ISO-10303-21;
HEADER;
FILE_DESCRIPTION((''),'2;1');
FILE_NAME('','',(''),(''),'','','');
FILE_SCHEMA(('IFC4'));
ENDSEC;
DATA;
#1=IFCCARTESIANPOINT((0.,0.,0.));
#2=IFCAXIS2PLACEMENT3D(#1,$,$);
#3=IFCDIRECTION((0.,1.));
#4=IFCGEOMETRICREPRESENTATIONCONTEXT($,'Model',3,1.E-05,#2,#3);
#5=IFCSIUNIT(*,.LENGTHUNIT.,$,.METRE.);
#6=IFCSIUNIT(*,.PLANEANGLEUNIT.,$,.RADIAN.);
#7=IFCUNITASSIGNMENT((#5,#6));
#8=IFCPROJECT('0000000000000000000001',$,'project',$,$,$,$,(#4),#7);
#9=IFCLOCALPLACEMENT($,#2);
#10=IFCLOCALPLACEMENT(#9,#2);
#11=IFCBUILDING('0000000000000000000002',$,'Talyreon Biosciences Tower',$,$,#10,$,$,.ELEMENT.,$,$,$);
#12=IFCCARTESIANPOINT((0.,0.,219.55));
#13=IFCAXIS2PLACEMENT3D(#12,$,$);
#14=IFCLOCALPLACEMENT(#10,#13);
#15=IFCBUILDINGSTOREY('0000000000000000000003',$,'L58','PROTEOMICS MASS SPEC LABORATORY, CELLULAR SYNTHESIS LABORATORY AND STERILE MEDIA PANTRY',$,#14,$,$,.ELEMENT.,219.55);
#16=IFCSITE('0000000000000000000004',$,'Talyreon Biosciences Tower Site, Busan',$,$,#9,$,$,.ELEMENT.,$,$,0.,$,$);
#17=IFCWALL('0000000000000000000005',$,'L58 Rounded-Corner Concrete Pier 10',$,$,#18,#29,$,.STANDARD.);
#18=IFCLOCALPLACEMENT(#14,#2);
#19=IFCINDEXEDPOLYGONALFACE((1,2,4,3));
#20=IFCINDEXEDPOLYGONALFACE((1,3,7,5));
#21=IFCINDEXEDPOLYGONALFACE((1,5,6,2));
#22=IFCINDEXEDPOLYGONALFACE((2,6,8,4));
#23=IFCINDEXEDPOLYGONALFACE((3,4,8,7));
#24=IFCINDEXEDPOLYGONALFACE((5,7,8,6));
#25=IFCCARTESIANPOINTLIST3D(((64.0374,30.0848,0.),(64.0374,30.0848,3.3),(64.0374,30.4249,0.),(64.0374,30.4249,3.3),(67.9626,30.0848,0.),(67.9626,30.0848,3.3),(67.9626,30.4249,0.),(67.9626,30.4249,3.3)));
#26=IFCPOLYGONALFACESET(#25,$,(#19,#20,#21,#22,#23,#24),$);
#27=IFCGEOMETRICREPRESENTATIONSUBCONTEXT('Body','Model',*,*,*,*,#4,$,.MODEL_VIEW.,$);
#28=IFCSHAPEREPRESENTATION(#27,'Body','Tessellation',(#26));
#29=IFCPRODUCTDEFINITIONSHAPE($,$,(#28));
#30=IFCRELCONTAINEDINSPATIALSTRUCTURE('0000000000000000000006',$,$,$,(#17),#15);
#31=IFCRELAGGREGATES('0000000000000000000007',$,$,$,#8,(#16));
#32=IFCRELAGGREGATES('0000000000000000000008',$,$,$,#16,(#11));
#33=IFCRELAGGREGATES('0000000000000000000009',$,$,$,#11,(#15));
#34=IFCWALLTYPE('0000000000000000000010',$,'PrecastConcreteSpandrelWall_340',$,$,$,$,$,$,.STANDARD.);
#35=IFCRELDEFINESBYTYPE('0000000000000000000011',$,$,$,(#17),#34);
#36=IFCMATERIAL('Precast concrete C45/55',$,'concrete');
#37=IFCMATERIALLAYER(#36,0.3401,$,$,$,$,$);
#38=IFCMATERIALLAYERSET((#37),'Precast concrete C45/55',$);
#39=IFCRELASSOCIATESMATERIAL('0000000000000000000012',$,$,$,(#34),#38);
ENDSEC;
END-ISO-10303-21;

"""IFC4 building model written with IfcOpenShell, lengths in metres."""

from ifc_helpers import new_model, si_unit, direction, frame, frame_2d, origin, place, context, subcontext, project, spatial, rectangle, extrude, material, layer, layer_set, type_object, element, save


model = new_model("IFC4")

# Units and contexts
model_context = context("Model", 3, precision=1e-05, world=origin(), true_north=direction((0.0, 1.0)))
body_context = subcontext(model_context, "Body", "Model", "MODEL_VIEW")
ifc_project = project(units=[si_unit("LENGTHUNIT", "METRE"), si_unit("PLANEANGLEUNIT", "RADIAN")], contexts=[model_context])

# Site, building, storey
site_placement = place(None, origin())
site = spatial("IfcSite", under=ifc_project, at=site_placement, Name="Talyreon Biosciences Tower Site, Busan", CompositionType="ELEMENT", RefElevation=0.0)
building_placement = place(site_placement, origin())
building = spatial("IfcBuilding", under=site, at=building_placement, Name="Talyreon Biosciences Tower", CompositionType="ELEMENT")
storey_placement = place(building_placement, frame((0.0, 0.0, 219.55)))
storey = spatial("IfcBuildingStorey", under=building, at=storey_placement, Name="L58", Description="PROTEOMICS MASS SPEC LABORATORY, CELLULAR SYNTHESIS LABORATORY AND STERILE MEDIA PANTRY", CompositionType="ELEMENT", Elevation=219.55)

# Shared definitions
ifc_material_1 = material(Name="Precast concrete C45/55", Category="concrete")

# Wall
ifc_layer_1 = layer(ifc_material_1, 0.3401)
ifc_layer_set_1 = layer_set([ifc_layer_1], Name="Precast concrete C45/55")
wall_type_1 = type_object("IfcWallType", Name="PrecastConcreteSpandrelWall_340", PredefinedType="STANDARD", material=ifc_layer_set_1)
for number, where, z_axis, x_axis, name in (
    (1, (67.9626, 30.2549, 0.0), (0.0, 0.0, 1.0), (-1.0, 0.0, 0.0), "L58 Rounded-Corner Concrete Pier 10"),
):
    element("IfcWall", number, at=place(storey_placement, frame(where, z_axis=z_axis, x_axis=x_axis)), inside=storey, type_object=wall_type_1, Name=name, PredefinedType="STANDARD", context=body_context, shape_type="SweptSolid", body=[
        extrude(rectangle(XDim=3.9253, YDim=0.3401, at=frame_2d((1.9626, 0.0))), origin(), (0.0, 0.0, 1.0), 3.3),
    ])

save(model, "model.ifc")
